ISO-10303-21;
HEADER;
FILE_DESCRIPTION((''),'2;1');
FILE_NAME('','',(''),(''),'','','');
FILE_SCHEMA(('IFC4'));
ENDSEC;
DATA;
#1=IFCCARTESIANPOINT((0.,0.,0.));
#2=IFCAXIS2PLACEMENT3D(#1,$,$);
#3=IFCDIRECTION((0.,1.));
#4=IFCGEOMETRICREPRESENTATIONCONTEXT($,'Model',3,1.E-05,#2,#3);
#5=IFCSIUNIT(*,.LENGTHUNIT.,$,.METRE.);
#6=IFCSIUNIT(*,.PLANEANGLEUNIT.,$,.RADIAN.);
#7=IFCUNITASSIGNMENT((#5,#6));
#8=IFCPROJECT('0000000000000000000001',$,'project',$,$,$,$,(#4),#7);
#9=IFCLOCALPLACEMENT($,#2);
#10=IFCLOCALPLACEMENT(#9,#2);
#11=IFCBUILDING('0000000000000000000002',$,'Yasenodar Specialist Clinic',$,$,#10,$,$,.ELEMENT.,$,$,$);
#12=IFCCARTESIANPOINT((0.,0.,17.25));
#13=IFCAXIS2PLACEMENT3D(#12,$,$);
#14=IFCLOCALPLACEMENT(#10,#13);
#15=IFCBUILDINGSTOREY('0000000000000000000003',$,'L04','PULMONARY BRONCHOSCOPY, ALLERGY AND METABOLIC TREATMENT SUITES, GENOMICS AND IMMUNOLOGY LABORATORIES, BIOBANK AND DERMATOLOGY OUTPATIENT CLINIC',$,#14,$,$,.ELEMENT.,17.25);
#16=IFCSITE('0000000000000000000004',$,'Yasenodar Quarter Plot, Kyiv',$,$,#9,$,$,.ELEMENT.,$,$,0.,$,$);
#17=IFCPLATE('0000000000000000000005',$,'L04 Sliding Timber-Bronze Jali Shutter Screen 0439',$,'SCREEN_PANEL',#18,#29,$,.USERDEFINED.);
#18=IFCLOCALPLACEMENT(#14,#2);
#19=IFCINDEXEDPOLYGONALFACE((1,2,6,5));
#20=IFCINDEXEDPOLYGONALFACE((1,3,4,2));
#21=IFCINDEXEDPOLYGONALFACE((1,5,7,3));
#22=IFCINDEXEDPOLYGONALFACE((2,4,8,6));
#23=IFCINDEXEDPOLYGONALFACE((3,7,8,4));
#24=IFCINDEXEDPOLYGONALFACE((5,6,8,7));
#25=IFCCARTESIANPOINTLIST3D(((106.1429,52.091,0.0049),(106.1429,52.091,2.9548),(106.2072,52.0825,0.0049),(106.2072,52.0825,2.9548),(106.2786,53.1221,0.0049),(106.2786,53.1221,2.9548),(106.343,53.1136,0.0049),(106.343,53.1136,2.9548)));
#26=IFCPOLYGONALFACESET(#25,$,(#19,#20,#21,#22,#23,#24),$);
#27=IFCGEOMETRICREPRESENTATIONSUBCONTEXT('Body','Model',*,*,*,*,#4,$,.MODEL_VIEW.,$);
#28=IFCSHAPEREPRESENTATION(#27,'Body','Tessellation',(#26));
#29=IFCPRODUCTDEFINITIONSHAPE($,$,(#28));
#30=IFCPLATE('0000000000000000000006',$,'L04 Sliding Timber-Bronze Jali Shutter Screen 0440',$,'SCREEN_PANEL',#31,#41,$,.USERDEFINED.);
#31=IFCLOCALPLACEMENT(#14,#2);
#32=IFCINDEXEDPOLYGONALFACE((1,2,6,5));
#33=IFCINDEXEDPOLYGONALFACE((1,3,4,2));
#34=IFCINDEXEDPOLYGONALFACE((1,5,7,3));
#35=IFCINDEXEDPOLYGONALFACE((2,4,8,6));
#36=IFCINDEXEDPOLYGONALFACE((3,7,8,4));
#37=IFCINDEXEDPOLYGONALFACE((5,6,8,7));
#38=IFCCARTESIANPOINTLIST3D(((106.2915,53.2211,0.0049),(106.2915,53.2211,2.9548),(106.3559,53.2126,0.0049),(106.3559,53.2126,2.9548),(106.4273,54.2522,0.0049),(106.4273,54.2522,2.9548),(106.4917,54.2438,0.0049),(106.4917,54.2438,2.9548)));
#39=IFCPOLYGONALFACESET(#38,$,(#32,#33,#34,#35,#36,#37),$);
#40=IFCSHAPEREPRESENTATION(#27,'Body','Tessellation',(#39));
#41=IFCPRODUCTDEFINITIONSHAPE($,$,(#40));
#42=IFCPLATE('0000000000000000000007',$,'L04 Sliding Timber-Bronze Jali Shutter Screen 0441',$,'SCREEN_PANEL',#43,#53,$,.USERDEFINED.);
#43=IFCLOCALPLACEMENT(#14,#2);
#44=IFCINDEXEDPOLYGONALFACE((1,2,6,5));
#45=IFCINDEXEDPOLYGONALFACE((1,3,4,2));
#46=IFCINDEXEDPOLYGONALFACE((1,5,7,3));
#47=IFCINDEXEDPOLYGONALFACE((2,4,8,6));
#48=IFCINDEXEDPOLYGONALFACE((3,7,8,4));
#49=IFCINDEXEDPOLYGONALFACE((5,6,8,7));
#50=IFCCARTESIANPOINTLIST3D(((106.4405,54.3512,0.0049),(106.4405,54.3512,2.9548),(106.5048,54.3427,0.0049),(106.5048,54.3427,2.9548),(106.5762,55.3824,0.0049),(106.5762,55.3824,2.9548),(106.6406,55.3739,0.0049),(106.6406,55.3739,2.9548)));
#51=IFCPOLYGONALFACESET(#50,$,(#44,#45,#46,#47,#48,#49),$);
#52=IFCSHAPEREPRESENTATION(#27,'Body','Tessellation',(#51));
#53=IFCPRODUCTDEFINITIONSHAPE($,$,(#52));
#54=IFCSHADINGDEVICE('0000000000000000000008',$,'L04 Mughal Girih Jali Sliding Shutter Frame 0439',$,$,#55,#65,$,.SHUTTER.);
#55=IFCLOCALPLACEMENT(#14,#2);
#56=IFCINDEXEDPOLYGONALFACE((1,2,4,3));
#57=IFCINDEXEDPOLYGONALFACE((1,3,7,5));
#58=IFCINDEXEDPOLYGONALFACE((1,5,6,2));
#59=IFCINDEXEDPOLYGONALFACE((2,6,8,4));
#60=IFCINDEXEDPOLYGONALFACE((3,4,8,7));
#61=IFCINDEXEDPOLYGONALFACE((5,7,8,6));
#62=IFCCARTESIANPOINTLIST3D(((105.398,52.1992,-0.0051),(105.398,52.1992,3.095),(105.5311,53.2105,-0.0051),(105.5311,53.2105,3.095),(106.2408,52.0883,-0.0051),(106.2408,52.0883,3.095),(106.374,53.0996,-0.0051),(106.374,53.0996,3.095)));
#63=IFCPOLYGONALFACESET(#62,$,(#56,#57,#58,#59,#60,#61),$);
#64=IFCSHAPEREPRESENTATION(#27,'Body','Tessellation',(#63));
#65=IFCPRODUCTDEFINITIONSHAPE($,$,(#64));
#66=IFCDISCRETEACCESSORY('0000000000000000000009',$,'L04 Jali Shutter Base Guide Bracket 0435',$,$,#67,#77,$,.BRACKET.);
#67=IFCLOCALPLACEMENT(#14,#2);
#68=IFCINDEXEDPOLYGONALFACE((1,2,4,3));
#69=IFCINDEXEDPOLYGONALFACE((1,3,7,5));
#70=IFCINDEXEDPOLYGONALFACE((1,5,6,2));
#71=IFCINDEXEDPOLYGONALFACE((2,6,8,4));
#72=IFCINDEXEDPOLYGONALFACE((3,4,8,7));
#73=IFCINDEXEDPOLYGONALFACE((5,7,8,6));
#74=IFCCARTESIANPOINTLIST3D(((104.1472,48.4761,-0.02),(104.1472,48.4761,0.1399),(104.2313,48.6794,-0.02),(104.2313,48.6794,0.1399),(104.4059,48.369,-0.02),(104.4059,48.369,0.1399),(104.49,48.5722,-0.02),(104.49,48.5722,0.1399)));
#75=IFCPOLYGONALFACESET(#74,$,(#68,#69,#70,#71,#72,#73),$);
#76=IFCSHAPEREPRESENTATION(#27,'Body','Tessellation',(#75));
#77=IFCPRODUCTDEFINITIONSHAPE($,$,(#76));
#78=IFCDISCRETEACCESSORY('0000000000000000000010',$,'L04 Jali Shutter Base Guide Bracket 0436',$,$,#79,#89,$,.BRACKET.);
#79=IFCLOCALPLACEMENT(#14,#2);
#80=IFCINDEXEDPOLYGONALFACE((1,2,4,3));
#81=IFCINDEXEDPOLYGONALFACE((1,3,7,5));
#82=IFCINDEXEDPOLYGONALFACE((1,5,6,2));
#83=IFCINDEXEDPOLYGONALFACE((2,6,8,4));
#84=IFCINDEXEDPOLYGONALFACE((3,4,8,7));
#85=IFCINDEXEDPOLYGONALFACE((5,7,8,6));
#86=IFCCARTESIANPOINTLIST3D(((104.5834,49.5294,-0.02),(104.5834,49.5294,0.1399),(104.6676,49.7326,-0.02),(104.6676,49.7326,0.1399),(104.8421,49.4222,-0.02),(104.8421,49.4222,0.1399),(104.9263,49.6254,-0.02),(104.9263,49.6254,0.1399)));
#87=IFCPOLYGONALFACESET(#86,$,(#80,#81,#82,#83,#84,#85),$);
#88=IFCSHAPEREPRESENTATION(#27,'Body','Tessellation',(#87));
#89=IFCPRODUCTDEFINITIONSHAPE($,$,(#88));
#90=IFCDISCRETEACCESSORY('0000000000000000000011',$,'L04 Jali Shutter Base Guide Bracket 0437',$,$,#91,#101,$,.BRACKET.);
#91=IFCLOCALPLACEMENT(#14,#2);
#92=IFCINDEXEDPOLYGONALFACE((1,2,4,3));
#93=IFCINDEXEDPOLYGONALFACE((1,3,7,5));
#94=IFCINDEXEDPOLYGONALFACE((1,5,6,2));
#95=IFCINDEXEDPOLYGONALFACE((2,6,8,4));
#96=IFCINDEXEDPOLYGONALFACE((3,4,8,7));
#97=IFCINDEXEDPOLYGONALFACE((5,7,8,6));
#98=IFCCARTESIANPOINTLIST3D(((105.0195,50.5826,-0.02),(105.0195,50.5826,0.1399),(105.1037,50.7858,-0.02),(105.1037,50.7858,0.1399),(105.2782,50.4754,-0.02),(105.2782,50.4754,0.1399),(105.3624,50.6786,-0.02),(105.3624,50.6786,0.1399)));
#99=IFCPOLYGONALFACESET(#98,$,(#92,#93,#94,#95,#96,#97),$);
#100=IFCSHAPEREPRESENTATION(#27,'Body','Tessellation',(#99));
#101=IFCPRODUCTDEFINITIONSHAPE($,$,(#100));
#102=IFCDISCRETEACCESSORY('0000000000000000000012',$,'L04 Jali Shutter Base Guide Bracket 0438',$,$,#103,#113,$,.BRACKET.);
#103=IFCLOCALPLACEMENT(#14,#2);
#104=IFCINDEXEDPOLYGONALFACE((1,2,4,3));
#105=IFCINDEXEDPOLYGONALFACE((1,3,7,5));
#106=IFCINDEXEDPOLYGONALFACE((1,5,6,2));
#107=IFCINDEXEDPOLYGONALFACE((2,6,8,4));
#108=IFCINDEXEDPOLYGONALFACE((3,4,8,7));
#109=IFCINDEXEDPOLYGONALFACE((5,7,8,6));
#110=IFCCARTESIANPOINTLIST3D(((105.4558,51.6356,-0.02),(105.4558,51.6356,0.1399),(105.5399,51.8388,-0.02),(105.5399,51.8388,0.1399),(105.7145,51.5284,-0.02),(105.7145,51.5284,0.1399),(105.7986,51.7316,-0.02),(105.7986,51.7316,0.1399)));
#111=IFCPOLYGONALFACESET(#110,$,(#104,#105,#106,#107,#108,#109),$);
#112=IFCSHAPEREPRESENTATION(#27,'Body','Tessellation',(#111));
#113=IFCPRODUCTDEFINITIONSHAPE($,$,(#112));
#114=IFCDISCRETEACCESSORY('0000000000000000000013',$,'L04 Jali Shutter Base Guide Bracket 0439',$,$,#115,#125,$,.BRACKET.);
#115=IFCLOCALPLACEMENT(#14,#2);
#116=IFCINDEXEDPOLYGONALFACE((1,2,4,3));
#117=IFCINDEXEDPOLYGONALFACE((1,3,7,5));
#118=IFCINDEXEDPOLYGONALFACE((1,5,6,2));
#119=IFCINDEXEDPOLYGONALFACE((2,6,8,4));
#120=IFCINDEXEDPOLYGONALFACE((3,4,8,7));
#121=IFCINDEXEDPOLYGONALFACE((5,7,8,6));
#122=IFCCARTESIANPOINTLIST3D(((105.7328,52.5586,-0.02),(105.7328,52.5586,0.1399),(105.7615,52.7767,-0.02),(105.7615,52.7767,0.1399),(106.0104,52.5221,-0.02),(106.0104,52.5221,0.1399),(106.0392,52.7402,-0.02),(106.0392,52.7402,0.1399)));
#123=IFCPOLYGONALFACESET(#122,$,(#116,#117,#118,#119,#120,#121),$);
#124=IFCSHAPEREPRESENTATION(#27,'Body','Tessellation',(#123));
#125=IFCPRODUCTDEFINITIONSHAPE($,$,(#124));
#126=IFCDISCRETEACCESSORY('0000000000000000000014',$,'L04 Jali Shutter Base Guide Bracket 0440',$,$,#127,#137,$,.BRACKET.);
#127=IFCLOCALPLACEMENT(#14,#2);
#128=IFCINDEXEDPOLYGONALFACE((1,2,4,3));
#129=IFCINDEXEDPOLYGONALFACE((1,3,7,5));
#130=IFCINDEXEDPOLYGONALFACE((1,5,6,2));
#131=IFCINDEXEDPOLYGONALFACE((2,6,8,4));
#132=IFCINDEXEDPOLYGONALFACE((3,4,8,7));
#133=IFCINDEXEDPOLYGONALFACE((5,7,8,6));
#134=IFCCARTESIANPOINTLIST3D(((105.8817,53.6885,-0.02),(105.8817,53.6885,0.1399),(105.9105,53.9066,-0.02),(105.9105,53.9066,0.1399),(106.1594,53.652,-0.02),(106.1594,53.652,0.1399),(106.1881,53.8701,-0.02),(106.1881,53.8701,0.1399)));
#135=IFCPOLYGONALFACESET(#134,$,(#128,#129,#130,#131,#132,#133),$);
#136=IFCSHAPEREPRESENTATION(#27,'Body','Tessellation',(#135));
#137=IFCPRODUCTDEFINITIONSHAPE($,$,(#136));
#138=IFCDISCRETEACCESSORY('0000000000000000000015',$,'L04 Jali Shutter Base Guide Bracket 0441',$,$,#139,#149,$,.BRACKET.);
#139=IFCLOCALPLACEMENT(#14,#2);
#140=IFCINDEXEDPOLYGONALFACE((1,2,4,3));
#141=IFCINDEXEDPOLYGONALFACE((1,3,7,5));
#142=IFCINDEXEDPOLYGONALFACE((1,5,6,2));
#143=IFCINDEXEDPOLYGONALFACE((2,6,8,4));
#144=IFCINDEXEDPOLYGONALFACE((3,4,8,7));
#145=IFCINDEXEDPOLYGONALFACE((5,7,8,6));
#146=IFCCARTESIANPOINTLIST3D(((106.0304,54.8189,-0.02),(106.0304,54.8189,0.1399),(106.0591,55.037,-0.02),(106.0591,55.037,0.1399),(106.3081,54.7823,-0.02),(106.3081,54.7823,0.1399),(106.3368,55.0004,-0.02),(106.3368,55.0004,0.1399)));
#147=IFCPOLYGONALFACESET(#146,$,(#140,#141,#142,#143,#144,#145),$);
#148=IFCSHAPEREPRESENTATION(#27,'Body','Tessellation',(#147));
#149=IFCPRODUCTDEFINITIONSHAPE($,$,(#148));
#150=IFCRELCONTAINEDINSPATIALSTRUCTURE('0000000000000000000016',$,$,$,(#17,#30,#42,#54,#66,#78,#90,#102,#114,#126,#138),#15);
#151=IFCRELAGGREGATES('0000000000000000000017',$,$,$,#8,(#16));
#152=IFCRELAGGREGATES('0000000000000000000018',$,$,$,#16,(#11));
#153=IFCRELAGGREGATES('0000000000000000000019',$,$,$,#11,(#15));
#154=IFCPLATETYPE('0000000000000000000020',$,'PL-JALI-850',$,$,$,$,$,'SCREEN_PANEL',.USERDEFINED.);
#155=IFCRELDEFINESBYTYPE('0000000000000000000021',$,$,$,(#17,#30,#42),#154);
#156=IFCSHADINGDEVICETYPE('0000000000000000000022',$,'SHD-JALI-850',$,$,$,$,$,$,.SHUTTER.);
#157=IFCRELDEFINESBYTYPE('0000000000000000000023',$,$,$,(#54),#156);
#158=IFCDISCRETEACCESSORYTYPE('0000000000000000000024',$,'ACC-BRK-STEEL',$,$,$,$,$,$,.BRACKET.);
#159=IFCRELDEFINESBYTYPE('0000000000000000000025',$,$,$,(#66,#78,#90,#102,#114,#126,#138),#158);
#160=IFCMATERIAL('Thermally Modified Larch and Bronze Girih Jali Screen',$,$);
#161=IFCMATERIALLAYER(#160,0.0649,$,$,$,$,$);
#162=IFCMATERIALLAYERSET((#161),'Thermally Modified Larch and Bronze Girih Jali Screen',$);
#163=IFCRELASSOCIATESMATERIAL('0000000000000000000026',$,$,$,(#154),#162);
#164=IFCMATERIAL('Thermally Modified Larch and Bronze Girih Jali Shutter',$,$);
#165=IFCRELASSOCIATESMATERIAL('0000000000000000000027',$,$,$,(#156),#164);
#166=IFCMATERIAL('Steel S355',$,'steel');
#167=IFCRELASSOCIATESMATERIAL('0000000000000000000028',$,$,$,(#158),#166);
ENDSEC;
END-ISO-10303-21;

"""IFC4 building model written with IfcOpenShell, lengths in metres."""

from ifc_helpers import new_model, si_unit, direction, frame, origin, origin_2d, place, context, subcontext, project, spatial, rectangle, extrude, material, layer, layer_set, type_object, element, save


model = new_model("IFC4")

# Units and contexts
model_context = context("Model", 3, precision=1e-05, world=origin(), true_north=direction((0.0, 1.0)))
body_context = subcontext(model_context, "Body", "Model", "MODEL_VIEW")
ifc_project = project(units=[si_unit("LENGTHUNIT", "METRE"), si_unit("PLANEANGLEUNIT", "RADIAN")], contexts=[model_context])

# Site, building, storey
site_placement = place(None, origin())
site = spatial("IfcSite", under=ifc_project, at=site_placement, Name="Yasenodar Quarter Plot, Kyiv", CompositionType="ELEMENT", RefElevation=0.0)
building_placement = place(site_placement, origin())
building = spatial("IfcBuilding", under=site, at=building_placement, Name="Yasenodar Specialist Clinic", CompositionType="ELEMENT")
storey_placement = place(building_placement, frame((0.0, 0.0, 17.25)))
storey = spatial("IfcBuildingStorey", under=building, at=storey_placement, Name="L04", Description="PULMONARY BRONCHOSCOPY, ALLERGY AND METABOLIC TREATMENT SUITES, GENOMICS AND IMMUNOLOGY LABORATORIES, BIOBANK AND DERMATOLOGY OUTPATIENT CLINIC", CompositionType="ELEMENT", Elevation=17.25)

# Plates
ifc_material_1 = material(Name="Thermally Modified Larch and Bronze Girih Jali Screen")
ifc_layer_1 = layer(ifc_material_1, 0.0649)
ifc_layer_set_1 = layer_set([ifc_layer_1], Name="Thermally Modified Larch and Bronze Girih Jali Screen")
plate_type_1 = type_object("IfcPlateType", Name="PL-JALI-850", ElementType="SCREEN_PANEL", PredefinedType="USERDEFINED", material=ifc_layer_set_1)
for number, where, z_axis, x_axis, name in (
    (1, (106.2429, 52.6023, 0.0049), (0.0, 0.0, 1.0), (0.130519, 0.991446, 0.0), "L04 Sliding Timber-Bronze Jali Shutter Screen 0439"),
    (2, (106.3916, 53.7324, 0.0049), (0.0, 0.0, 1.0), (0.130519, 0.991446, 0.0), "L04 Sliding Timber-Bronze Jali Shutter Screen 0440"),
    (3, (106.5405, 54.8625, 0.0049), (0.0, 0.0, 1.0), (0.130519, 0.991446, 0.0), "L04 Sliding Timber-Bronze Jali Shutter Screen 0441"),
):
    element("IfcPlate", number, at=place(storey_placement, frame(where, z_axis=z_axis, x_axis=x_axis)), inside=storey, type_object=plate_type_1, Name=name, ObjectType="SCREEN_PANEL", PredefinedType="USERDEFINED", context=body_context, shape_type="SweptSolid", body=[
        extrude(rectangle(XDim=1.04, YDim=0.0649, at=origin_2d()), origin(), (0.0, 0.0, 1.0), 2.95),
    ])

# Shading device
ifc_material_2 = material(Name="Thermally Modified Larch and Bronze Girih Jali Shutter")
shading_device_type = type_object("IfcShadingDeviceType", Name="SHD-JALI-850", PredefinedType="SHUTTER", material=ifc_material_2)
shading_device_placement = place(storey_placement, frame((105.886, 52.6494, -0.0051), z_axis=(0.0, 0.0, 1.0), x_axis=(0.130519, 0.991446, 0.0)))
element("IfcShadingDevice", 4, at=shading_device_placement, inside=storey, type_object=shading_device_type, Name="L04 Mughal Girih Jali Sliding Shutter Frame 0439", PredefinedType="SHUTTER", context=body_context, shape_type="SweptSolid", body=[
    extrude(rectangle(XDim=1.02, YDim=0.8501, at=origin_2d()), origin(), (0.0, 0.0, 1.0), 3.1001),
])

# Discrete accessories
ifc_material_3 = material(Name="Steel S355", Category="steel")
discrete_accessory_type = type_object("IfcDiscreteAccessoryType", Name="ACC-BRK-STEEL", PredefinedType="BRACKET", material=ifc_material_3)
for number, where, z_axis, x_axis, name in (
    (5, (104.3186, 48.5242, -0.02), (0.0, 0.0, 1.0), (0.382687, 0.923878, 0.0), "L04 Jali Shutter Base Guide Bracket 0435"),
    (6, (104.7549, 49.5774, -0.02), (0.0, 0.0, 1.0), (0.382687, 0.923878, 0.0), "L04 Jali Shutter Base Guide Bracket 0436"),
    (7, (105.1909, 50.6306, -0.02), (0.0, 0.0, 1.0), (0.382687, 0.923878, 0.0), "L04 Jali Shutter Base Guide Bracket 0437"),
    (8, (105.6272, 51.6836, -0.02), (0.0, 0.0, 1.0), (0.382687, 0.923878, 0.0), "L04 Jali Shutter Base Guide Bracket 0438"),
    (9, (105.886, 52.6494, -0.02), (0.0, 0.0, 1.0), (0.130519, 0.991446, 0.0), "L04 Jali Shutter Base Guide Bracket 0439"),
    (10, (106.0349, 53.7793, -0.02), (0.0, 0.0, 1.0), (0.130519, 0.991446, 0.0), "L04 Jali Shutter Base Guide Bracket 0440"),
    (11, (106.1836, 54.9097, -0.02), (0.0, 0.0, 1.0), (0.130519, 0.991446, 0.0), "L04 Jali Shutter Base Guide Bracket 0441"),
):
    element("IfcDiscreteAccessory", number, at=place(storey_placement, frame(where, z_axis=z_axis, x_axis=x_axis)), inside=storey, type_object=discrete_accessory_type, Name=name, PredefinedType="BRACKET", context=body_context, shape_type="SweptSolid", body=[
        extrude(rectangle(XDim=0.22, YDim=0.28, at=origin_2d()), origin(), (0.0, 0.0, 1.0), 0.1599),
    ])

save(model, "model.ifc")
